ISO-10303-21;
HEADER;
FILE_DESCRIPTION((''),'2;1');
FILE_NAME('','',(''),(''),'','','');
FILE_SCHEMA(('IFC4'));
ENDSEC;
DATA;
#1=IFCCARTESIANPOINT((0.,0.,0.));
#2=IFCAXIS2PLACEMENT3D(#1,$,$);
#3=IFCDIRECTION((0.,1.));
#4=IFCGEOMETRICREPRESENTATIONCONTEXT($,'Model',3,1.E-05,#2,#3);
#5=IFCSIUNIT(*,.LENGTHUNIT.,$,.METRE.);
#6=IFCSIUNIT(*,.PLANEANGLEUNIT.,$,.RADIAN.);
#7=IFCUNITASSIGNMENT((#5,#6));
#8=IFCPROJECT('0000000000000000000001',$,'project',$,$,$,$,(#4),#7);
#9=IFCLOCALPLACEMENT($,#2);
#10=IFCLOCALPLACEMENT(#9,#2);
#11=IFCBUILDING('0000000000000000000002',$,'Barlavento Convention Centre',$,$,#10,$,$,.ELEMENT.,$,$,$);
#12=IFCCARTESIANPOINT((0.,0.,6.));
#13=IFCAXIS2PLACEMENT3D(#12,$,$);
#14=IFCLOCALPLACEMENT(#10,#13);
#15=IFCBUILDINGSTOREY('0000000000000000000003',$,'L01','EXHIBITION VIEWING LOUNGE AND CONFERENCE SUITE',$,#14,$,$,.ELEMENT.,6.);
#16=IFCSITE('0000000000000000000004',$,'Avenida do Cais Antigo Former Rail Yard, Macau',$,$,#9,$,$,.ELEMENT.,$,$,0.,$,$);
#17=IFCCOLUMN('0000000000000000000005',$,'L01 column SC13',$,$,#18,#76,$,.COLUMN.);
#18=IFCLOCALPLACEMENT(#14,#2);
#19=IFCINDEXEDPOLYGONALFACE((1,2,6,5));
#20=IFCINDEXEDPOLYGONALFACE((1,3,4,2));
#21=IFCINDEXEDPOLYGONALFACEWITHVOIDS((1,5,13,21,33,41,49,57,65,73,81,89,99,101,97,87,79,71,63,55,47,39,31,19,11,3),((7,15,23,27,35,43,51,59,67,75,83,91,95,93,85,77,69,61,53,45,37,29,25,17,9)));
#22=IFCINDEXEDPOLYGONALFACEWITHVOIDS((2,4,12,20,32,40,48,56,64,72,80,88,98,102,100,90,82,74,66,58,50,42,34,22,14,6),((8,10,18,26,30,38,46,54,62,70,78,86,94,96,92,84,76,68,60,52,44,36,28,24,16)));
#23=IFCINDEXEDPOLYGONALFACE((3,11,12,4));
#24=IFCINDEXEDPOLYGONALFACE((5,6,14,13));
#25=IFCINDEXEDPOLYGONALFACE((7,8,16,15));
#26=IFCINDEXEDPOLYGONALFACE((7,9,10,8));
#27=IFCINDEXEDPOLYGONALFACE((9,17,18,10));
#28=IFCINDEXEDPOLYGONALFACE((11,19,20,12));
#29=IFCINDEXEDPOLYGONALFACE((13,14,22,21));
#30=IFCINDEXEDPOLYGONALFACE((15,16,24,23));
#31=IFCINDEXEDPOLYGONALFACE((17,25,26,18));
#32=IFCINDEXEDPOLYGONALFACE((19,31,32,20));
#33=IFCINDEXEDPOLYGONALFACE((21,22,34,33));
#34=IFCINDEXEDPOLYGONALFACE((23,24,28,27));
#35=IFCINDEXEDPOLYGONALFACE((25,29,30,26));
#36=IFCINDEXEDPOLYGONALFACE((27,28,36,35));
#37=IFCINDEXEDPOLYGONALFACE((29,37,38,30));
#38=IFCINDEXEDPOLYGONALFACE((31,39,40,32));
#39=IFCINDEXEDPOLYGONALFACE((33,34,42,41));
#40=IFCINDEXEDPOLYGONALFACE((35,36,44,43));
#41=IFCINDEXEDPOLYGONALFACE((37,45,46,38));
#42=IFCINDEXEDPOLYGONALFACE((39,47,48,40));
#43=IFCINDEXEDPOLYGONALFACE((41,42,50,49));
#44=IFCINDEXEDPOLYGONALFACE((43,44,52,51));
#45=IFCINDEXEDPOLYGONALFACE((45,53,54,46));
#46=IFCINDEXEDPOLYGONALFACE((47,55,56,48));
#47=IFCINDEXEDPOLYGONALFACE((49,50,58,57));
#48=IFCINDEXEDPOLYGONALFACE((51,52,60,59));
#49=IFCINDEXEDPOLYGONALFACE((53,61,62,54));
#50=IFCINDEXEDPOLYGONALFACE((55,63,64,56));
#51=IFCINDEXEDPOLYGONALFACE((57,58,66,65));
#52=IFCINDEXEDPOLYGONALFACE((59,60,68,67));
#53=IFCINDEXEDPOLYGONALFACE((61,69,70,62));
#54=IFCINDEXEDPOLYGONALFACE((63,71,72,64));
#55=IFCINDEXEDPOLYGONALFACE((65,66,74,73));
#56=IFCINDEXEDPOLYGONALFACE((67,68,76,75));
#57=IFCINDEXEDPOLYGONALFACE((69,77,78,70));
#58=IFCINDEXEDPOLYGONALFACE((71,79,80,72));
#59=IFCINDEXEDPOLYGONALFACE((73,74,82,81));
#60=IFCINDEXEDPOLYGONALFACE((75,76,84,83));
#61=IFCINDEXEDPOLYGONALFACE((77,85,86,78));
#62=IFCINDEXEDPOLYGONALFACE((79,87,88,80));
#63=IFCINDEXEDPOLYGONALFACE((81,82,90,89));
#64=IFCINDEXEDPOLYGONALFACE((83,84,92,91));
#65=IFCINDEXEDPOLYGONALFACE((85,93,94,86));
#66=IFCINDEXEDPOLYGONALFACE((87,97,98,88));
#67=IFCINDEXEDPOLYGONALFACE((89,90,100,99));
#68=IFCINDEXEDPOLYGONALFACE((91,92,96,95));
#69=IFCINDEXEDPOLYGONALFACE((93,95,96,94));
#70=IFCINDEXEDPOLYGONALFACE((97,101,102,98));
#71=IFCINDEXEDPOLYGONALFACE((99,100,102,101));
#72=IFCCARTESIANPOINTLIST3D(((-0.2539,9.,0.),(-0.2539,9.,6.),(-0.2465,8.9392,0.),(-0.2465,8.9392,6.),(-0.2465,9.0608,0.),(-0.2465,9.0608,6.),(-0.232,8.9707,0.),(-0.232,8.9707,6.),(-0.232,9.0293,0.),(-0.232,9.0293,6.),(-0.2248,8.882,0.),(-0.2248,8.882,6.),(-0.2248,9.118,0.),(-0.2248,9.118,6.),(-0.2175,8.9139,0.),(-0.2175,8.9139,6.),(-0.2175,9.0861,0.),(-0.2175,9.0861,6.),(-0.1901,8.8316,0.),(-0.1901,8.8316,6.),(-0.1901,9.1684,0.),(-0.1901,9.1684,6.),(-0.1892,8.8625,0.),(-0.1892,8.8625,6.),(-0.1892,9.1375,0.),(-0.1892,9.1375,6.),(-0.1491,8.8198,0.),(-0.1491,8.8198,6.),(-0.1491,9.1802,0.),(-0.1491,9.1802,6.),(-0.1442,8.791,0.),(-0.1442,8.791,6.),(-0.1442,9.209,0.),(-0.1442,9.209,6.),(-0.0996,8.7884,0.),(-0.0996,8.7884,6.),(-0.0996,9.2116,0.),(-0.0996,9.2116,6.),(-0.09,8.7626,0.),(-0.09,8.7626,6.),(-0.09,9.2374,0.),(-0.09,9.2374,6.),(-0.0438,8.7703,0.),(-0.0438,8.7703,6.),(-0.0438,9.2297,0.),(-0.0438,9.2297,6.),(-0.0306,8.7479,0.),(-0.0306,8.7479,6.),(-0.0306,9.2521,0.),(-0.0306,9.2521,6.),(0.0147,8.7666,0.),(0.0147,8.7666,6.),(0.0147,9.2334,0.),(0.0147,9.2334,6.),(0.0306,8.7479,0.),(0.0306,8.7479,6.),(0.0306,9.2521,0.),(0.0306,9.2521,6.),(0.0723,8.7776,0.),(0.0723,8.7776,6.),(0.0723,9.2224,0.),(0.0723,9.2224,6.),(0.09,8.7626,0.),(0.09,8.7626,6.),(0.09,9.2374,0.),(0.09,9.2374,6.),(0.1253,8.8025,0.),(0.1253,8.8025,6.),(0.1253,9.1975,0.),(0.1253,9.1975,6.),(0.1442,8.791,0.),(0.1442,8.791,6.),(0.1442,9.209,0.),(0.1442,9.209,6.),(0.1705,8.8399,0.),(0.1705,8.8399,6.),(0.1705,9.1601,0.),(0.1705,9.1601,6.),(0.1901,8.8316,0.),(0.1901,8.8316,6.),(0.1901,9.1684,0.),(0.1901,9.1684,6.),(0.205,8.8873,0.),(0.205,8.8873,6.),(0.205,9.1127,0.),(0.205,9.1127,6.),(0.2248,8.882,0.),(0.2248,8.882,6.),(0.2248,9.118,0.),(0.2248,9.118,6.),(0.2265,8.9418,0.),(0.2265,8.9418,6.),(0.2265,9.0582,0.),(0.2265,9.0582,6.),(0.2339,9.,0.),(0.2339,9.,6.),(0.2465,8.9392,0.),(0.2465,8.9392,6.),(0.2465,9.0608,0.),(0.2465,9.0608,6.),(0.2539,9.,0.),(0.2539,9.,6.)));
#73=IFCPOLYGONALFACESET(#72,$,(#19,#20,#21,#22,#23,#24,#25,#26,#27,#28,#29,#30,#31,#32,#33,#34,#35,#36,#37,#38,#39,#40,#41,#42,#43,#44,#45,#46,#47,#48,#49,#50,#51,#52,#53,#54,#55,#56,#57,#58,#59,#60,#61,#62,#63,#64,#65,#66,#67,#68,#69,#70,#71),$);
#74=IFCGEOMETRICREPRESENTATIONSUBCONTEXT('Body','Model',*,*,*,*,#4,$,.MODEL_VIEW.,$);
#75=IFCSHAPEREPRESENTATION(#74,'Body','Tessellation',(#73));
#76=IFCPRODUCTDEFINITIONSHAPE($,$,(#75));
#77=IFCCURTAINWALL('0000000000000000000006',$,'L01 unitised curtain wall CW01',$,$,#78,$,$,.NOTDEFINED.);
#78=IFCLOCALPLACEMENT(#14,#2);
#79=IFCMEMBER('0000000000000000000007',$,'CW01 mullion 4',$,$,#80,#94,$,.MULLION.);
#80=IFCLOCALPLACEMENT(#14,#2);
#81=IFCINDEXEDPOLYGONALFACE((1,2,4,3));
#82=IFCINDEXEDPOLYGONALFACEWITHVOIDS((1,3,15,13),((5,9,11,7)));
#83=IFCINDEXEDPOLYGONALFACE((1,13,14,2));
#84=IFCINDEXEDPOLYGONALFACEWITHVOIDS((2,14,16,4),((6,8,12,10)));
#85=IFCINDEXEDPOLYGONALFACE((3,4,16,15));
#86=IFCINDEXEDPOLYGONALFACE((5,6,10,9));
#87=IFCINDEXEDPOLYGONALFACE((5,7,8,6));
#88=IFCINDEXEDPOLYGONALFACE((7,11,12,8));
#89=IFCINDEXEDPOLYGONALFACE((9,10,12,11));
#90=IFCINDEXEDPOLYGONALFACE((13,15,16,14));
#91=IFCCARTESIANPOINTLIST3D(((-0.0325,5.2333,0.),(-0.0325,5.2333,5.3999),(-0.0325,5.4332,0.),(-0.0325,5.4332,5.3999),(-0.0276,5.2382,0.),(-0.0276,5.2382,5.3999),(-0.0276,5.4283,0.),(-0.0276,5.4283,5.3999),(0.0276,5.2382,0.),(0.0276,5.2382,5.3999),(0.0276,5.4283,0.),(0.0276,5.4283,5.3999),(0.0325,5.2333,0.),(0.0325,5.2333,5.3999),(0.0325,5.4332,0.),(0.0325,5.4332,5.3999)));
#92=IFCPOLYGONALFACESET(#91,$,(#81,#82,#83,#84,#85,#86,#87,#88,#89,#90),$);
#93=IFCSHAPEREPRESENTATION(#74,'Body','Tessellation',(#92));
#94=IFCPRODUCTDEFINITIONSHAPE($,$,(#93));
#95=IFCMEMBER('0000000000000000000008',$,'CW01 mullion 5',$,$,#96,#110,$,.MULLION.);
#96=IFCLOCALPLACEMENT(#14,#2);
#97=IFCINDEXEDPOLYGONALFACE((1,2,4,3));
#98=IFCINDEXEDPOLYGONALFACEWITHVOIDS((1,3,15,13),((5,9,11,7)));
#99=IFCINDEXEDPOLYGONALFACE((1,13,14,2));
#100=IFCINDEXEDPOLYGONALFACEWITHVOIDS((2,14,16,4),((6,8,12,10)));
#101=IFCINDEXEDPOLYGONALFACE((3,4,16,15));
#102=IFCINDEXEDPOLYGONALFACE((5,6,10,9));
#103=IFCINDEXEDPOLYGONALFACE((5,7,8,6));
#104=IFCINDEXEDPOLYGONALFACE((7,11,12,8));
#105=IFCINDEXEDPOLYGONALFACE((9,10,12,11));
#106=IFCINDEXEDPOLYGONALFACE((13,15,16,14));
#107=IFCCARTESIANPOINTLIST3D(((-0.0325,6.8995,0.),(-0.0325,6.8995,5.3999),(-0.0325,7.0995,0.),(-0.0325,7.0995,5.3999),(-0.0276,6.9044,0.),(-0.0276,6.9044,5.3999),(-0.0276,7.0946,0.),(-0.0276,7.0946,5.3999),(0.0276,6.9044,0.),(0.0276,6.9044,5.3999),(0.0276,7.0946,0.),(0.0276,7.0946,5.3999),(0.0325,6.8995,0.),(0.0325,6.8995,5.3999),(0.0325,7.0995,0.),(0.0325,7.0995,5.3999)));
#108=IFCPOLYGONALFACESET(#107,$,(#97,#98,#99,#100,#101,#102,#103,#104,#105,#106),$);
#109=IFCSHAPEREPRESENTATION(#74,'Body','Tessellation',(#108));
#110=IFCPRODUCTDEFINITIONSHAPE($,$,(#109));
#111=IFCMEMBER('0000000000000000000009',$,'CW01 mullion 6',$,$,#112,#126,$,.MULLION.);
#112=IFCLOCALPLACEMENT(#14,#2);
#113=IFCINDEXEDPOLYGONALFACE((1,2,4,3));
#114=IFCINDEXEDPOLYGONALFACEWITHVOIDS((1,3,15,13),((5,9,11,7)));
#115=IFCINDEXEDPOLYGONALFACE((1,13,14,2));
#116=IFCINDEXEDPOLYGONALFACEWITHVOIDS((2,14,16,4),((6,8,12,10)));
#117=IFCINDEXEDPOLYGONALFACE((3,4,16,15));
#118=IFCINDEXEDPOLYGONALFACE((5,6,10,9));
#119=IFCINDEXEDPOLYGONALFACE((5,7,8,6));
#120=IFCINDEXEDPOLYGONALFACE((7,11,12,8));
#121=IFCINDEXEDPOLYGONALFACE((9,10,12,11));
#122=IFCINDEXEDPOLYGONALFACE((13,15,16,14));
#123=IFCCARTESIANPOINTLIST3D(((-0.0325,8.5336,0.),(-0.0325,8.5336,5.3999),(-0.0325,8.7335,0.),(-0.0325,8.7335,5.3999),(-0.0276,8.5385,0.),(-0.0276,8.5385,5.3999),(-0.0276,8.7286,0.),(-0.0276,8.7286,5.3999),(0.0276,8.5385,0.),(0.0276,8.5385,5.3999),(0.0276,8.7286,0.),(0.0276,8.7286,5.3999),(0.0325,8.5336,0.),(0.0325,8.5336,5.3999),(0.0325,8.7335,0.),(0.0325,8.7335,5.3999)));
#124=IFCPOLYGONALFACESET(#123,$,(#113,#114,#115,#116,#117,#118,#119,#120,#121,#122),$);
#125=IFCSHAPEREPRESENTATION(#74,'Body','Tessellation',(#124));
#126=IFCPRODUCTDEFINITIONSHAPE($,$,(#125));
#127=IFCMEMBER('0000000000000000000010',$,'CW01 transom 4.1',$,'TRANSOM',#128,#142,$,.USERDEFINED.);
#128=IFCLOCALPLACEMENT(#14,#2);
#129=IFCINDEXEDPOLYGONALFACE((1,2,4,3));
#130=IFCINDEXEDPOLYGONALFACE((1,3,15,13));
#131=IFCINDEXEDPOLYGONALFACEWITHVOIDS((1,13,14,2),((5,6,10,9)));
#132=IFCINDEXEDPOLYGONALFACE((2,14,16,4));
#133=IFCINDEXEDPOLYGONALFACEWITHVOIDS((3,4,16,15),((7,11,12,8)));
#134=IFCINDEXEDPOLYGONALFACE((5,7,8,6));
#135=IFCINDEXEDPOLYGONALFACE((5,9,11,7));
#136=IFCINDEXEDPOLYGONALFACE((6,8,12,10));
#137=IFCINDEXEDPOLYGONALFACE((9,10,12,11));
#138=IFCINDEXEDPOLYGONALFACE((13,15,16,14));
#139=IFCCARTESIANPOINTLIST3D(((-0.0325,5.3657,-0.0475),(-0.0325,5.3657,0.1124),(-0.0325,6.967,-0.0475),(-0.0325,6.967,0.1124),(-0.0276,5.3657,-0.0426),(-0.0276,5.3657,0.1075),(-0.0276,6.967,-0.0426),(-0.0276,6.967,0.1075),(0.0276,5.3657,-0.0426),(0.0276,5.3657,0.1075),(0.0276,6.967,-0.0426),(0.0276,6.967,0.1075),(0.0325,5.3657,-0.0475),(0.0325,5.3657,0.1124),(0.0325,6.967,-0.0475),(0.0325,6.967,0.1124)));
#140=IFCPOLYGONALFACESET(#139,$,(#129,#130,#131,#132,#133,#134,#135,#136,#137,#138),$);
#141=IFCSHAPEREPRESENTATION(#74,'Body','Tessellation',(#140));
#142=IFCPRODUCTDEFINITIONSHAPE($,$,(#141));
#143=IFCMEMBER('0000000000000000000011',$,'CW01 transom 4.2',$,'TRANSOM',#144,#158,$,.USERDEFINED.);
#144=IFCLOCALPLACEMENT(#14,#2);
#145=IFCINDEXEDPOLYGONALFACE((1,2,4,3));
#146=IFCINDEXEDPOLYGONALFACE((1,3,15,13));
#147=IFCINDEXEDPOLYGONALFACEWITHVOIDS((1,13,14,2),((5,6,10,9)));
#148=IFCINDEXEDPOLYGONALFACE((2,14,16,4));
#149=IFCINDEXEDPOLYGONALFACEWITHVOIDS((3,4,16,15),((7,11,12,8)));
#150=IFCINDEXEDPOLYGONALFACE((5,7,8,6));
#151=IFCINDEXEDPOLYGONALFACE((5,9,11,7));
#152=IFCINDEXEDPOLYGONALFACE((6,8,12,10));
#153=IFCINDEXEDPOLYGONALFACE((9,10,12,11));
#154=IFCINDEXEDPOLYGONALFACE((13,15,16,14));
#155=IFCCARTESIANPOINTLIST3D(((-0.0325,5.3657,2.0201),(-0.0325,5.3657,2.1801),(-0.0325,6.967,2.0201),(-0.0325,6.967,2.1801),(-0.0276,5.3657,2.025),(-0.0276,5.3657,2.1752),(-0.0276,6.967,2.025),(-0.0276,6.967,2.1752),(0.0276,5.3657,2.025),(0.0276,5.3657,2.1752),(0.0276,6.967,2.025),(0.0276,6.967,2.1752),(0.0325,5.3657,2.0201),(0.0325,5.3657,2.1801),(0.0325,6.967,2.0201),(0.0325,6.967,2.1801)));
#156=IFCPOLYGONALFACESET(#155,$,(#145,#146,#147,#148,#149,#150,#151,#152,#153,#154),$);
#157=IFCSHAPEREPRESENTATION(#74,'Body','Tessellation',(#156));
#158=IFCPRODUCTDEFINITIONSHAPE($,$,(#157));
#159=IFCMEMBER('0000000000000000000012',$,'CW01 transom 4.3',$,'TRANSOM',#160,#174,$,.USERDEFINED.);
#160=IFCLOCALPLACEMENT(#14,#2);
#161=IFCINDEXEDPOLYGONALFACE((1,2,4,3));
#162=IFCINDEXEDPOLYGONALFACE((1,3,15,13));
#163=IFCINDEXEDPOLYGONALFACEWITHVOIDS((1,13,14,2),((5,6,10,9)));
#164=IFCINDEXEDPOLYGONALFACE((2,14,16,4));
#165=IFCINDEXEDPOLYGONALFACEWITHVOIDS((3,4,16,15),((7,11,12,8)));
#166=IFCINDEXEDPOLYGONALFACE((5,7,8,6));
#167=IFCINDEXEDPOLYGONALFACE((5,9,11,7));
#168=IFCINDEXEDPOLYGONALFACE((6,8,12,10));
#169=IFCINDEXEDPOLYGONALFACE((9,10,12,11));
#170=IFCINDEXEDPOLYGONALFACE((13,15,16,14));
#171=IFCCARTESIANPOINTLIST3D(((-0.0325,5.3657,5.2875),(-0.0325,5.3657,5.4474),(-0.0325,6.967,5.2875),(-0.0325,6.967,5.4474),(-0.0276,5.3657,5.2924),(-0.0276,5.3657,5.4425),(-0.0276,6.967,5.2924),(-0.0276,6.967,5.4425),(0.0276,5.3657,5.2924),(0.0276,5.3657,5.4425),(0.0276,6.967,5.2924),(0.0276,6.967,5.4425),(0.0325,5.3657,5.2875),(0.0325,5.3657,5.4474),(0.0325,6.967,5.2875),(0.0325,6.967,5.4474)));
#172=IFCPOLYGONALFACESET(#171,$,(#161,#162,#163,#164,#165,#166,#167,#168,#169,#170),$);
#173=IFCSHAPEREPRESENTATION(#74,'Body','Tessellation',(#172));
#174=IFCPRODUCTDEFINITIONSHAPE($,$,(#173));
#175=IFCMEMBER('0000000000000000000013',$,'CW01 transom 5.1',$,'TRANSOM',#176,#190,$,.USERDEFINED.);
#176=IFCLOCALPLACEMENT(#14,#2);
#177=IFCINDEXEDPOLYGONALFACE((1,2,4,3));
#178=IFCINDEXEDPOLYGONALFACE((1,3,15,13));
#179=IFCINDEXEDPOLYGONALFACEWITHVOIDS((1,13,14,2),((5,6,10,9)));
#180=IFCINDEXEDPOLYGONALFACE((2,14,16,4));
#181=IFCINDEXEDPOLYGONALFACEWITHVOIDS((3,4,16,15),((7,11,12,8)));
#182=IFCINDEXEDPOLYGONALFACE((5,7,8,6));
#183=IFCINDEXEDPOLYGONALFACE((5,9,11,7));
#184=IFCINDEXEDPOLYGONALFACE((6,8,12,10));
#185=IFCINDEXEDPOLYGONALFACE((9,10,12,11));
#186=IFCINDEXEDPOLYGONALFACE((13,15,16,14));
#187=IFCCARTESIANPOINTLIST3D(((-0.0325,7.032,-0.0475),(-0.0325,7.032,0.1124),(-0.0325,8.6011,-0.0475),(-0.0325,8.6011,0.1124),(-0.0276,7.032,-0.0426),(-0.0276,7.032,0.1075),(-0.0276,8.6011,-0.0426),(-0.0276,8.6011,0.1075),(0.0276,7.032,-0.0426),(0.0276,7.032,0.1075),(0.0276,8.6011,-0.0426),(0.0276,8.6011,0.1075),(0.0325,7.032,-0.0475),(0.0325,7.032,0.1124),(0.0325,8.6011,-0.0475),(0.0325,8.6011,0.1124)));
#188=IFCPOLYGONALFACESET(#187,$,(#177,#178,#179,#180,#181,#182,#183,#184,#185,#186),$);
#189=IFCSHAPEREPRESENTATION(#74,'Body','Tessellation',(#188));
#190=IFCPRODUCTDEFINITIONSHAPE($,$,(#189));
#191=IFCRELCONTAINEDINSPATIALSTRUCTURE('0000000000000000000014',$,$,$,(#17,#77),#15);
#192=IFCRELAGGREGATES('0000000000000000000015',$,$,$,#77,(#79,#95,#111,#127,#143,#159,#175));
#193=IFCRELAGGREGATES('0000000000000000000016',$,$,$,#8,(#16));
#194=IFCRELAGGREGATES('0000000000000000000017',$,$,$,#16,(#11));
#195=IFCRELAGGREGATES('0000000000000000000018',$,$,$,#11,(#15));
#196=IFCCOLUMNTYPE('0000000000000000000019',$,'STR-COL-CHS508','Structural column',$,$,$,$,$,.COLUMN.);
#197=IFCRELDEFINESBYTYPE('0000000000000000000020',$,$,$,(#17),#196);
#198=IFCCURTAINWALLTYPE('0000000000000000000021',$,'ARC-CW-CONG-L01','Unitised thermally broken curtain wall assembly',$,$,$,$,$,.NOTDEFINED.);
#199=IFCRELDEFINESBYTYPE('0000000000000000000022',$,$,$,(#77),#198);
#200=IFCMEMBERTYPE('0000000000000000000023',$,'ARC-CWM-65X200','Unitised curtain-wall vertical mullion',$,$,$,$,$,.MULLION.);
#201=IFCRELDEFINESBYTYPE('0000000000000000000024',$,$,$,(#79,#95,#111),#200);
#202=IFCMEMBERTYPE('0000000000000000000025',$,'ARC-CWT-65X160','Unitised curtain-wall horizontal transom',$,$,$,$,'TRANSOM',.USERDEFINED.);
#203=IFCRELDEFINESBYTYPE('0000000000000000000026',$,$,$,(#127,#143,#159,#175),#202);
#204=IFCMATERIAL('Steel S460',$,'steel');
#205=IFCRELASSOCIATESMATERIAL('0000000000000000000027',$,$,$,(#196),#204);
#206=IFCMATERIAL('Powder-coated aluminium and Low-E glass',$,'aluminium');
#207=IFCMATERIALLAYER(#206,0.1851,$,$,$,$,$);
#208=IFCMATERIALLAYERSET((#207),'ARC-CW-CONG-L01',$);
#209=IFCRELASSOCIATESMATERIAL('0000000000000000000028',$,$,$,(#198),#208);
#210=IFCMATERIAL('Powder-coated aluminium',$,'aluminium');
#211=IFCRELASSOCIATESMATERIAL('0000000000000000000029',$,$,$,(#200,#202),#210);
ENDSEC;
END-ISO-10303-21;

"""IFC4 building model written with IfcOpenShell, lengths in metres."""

from ifc_helpers import new_model, si_unit, direction, frame, origin, origin_2d, place, context, subcontext, project, spatial, hollow_rectangle, hollow_circle, extrude, material, layer, layer_set, material_profile, profile_set, type_object, element, aggregate, save


model = new_model("IFC4")

# Units and contexts
model_context = context("Model", 3, precision=1e-05, world=origin(), true_north=direction((0.0, 1.0)))
body_context = subcontext(model_context, "Body", "Model", "MODEL_VIEW")
ifc_project = project(units=[si_unit("LENGTHUNIT", "METRE"), si_unit("PLANEANGLEUNIT", "RADIAN")], contexts=[model_context])

# Site, building, storey
site_placement = place(None, origin())
site = spatial("IfcSite", under=ifc_project, at=site_placement, Name="Avenida do Cais Antigo Former Rail Yard, Macau", CompositionType="ELEMENT", RefElevation=0.0)
building_placement = place(site_placement, origin())
building = spatial("IfcBuilding", under=site, at=building_placement, Name="Barlavento Convention Centre", CompositionType="ELEMENT")
storey_placement = place(building_placement, frame((0.0, 0.0, 6.0)))
storey = spatial("IfcBuildingStorey", under=building, at=storey_placement, Name="L01", Description="EXHIBITION VIEWING LOUNGE AND CONFERENCE SUITE", CompositionType="ELEMENT", Elevation=6.0)

# Column
ifc_material_1 = material(Name="Steel S460", Category="steel")
ifc_material_profile_1 = material_profile(ifc_material_1, hollow_circle(Radius=0.2539, WallThickness=0.02, at=origin_2d()), Name="CHS 508.0x20.0")
ifc_profile_set_1 = profile_set([ifc_material_profile_1], Name="Steel S460")
column_type = type_object("IfcColumnType", Name="STR-COL-CHS508", Description="Structural column", PredefinedType="COLUMN", material=ifc_profile_set_1)
column_placement = place(storey_placement, frame((0.0, 9.0, 0.0), z_axis=(0.0, 0.0, 1.0), x_axis=(1.0, 0.0, 0.0)))
element("IfcColumn", 1, at=column_placement, inside=storey, type_object=column_type, Name="L01 column SC13", PredefinedType="COLUMN", context=body_context, shape_type="SweptSolid", body=[
    extrude(hollow_circle(Radius=0.2539, WallThickness=0.02, at=origin_2d()), origin(), (0.0, 0.0, 1.0), 6.0),
])

# Curtain wall, members
ifc_material_2 = material(Name="Powder-coated aluminium and Low-E glass", Category="aluminium")
ifc_layer_1 = layer(ifc_material_2, 0.1851)
ifc_layer_set_1 = layer_set([ifc_layer_1], Name="ARC-CW-CONG-L01")
curtain_wall_type = type_object("IfcCurtainWallType", Name="ARC-CW-CONG-L01", Description="Unitised thermally broken curtain wall assembly", PredefinedType="NOTDEFINED", material=ifc_layer_set_1)
curtain_wall_placement = place(storey_placement, origin())
curtain_wall = element("IfcCurtainWall", 2, at=curtain_wall_placement, inside=storey, type_object=curtain_wall_type, Name="L01 unitised curtain wall CW01", PredefinedType="NOTDEFINED")
ifc_material_3 = material(Name="Powder-coated aluminium", Category="aluminium")
ifc_material_profile_2 = material_profile(ifc_material_3, hollow_rectangle(XDim=0.0649, YDim=0.2, WallThickness=0.0049, at=origin_2d()), Name="AL-MULL 65x200x5")
ifc_profile_set_2 = profile_set([ifc_material_profile_2], Name="Powder-coated aluminium")
member_type_1 = type_object("IfcMemberType", Name="ARC-CWM-65X200", Description="Unitised curtain-wall vertical mullion", PredefinedType="MULLION", material=ifc_profile_set_2)
member_1_placement = place(storey_placement, frame((0.0, 5.3333, 0.0), z_axis=(0.0, 0.0, 1.0), x_axis=(-1.0, 0.0, 0.0)))
member_1 = element("IfcMember", 3, at=member_1_placement, type_object=member_type_1, Name="CW01 mullion 4", PredefinedType="MULLION", context=body_context, shape_type="SweptSolid", body=[
    extrude(hollow_rectangle(XDim=0.0649, YDim=0.2, WallThickness=0.0049, at=origin_2d()), origin(), (0.0, 0.0, 1.0), 5.3999),
])
member_2_placement = place(storey_placement, frame((0.0, 6.9995, 0.0), z_axis=(0.0, 0.0, 1.0), x_axis=(-1.0, 0.0, 0.0)))
member_2 = element("IfcMember", 4, at=member_2_placement, type_object=member_type_1, Name="CW01 mullion 5", PredefinedType="MULLION", context=body_context, shape_type="SweptSolid", body=[
    extrude(hollow_rectangle(XDim=0.0649, YDim=0.2, WallThickness=0.0049, at=origin_2d()), origin(), (0.0, 0.0, 1.0), 5.3999),
])
member_3_placement = place(storey_placement, frame((0.0, 8.6335, 0.0), z_axis=(0.0, 0.0, 1.0), x_axis=(-1.0, 0.0, 0.0)))
member_3 = element("IfcMember", 5, at=member_3_placement, type_object=member_type_1, Name="CW01 mullion 6", PredefinedType="MULLION", context=body_context, shape_type="SweptSolid", body=[
    extrude(hollow_rectangle(XDim=0.0649, YDim=0.2, WallThickness=0.0049, at=origin_2d()), origin(), (0.0, 0.0, 1.0), 5.3999),
])
ifc_material_profile_3 = material_profile(ifc_material_3, hollow_rectangle(XDim=0.0649, YDim=0.1599, WallThickness=0.0049, at=origin_2d()), Name="AL-TRAN 65x160x5")
ifc_profile_set_3 = profile_set([ifc_material_profile_3], Name="Powder-coated aluminium")
member_type_2 = type_object("IfcMemberType", Name="ARC-CWT-65X160", Description="Unitised curtain-wall horizontal transom", ElementType="TRANSOM", PredefinedType="USERDEFINED", material=ifc_profile_set_3)
member_4_placement = place(storey_placement, frame((0.0, 5.3657, 0.0325), z_axis=(0.0, 1.0, 0.0), x_axis=(-1.0, 0.0, 0.0)))
member_4 = element("IfcMember", 6, at=member_4_placement, type_object=member_type_2, Name="CW01 transom 4.1", ObjectType="TRANSOM", PredefinedType="USERDEFINED", context=body_context, shape_type="SweptSolid", body=[
    extrude(hollow_rectangle(XDim=0.0649, YDim=0.1599, WallThickness=0.0049, at=origin_2d()), origin(), (0.0, 0.0, 1.0), 1.6013),
])
member_5_placement = place(storey_placement, frame((0.0, 5.3657, 2.1001), z_axis=(0.0, 1.0, 0.0), x_axis=(-1.0, 0.0, 0.0)))
member_5 = element("IfcMember", 7, at=member_5_placement, type_object=member_type_2, Name="CW01 transom 4.2", ObjectType="TRANSOM", PredefinedType="USERDEFINED", context=body_context, shape_type="SweptSolid", body=[
    extrude(hollow_rectangle(XDim=0.0649, YDim=0.1599, WallThickness=0.0049, at=origin_2d()), origin(), (0.0, 0.0, 1.0), 1.6013),
])
member_6_placement = place(storey_placement, frame((0.0, 5.3657, 5.3674), z_axis=(0.0, 1.0, 0.0), x_axis=(-1.0, 0.0, 0.0)))
member_6 = element("IfcMember", 8, at=member_6_placement, type_object=member_type_2, Name="CW01 transom 4.3", ObjectType="TRANSOM", PredefinedType="USERDEFINED", context=body_context, shape_type="SweptSolid", body=[
    extrude(hollow_rectangle(XDim=0.0649, YDim=0.1599, WallThickness=0.0049, at=origin_2d()), origin(), (0.0, 0.0, 1.0), 1.6013),
])
member_7_placement = place(storey_placement, frame((0.0, 7.032, 0.0325), z_axis=(0.0, 1.0, 0.0), x_axis=(-1.0, 0.0, 0.0)))
member_7 = element("IfcMember", 9, at=member_7_placement, type_object=member_type_2, Name="CW01 transom 5.1", ObjectType="TRANSOM", PredefinedType="USERDEFINED", context=body_context, shape_type="SweptSolid", body=[
    extrude(hollow_rectangle(XDim=0.0649, YDim=0.1599, WallThickness=0.0049, at=origin_2d()), origin(), (0.0, 0.0, 1.0), 1.5691),
])

aggregate(curtain_wall, [member_1, member_2, member_3, member_4, member_5, member_6, member_7])

save(model, "model.ifc")
